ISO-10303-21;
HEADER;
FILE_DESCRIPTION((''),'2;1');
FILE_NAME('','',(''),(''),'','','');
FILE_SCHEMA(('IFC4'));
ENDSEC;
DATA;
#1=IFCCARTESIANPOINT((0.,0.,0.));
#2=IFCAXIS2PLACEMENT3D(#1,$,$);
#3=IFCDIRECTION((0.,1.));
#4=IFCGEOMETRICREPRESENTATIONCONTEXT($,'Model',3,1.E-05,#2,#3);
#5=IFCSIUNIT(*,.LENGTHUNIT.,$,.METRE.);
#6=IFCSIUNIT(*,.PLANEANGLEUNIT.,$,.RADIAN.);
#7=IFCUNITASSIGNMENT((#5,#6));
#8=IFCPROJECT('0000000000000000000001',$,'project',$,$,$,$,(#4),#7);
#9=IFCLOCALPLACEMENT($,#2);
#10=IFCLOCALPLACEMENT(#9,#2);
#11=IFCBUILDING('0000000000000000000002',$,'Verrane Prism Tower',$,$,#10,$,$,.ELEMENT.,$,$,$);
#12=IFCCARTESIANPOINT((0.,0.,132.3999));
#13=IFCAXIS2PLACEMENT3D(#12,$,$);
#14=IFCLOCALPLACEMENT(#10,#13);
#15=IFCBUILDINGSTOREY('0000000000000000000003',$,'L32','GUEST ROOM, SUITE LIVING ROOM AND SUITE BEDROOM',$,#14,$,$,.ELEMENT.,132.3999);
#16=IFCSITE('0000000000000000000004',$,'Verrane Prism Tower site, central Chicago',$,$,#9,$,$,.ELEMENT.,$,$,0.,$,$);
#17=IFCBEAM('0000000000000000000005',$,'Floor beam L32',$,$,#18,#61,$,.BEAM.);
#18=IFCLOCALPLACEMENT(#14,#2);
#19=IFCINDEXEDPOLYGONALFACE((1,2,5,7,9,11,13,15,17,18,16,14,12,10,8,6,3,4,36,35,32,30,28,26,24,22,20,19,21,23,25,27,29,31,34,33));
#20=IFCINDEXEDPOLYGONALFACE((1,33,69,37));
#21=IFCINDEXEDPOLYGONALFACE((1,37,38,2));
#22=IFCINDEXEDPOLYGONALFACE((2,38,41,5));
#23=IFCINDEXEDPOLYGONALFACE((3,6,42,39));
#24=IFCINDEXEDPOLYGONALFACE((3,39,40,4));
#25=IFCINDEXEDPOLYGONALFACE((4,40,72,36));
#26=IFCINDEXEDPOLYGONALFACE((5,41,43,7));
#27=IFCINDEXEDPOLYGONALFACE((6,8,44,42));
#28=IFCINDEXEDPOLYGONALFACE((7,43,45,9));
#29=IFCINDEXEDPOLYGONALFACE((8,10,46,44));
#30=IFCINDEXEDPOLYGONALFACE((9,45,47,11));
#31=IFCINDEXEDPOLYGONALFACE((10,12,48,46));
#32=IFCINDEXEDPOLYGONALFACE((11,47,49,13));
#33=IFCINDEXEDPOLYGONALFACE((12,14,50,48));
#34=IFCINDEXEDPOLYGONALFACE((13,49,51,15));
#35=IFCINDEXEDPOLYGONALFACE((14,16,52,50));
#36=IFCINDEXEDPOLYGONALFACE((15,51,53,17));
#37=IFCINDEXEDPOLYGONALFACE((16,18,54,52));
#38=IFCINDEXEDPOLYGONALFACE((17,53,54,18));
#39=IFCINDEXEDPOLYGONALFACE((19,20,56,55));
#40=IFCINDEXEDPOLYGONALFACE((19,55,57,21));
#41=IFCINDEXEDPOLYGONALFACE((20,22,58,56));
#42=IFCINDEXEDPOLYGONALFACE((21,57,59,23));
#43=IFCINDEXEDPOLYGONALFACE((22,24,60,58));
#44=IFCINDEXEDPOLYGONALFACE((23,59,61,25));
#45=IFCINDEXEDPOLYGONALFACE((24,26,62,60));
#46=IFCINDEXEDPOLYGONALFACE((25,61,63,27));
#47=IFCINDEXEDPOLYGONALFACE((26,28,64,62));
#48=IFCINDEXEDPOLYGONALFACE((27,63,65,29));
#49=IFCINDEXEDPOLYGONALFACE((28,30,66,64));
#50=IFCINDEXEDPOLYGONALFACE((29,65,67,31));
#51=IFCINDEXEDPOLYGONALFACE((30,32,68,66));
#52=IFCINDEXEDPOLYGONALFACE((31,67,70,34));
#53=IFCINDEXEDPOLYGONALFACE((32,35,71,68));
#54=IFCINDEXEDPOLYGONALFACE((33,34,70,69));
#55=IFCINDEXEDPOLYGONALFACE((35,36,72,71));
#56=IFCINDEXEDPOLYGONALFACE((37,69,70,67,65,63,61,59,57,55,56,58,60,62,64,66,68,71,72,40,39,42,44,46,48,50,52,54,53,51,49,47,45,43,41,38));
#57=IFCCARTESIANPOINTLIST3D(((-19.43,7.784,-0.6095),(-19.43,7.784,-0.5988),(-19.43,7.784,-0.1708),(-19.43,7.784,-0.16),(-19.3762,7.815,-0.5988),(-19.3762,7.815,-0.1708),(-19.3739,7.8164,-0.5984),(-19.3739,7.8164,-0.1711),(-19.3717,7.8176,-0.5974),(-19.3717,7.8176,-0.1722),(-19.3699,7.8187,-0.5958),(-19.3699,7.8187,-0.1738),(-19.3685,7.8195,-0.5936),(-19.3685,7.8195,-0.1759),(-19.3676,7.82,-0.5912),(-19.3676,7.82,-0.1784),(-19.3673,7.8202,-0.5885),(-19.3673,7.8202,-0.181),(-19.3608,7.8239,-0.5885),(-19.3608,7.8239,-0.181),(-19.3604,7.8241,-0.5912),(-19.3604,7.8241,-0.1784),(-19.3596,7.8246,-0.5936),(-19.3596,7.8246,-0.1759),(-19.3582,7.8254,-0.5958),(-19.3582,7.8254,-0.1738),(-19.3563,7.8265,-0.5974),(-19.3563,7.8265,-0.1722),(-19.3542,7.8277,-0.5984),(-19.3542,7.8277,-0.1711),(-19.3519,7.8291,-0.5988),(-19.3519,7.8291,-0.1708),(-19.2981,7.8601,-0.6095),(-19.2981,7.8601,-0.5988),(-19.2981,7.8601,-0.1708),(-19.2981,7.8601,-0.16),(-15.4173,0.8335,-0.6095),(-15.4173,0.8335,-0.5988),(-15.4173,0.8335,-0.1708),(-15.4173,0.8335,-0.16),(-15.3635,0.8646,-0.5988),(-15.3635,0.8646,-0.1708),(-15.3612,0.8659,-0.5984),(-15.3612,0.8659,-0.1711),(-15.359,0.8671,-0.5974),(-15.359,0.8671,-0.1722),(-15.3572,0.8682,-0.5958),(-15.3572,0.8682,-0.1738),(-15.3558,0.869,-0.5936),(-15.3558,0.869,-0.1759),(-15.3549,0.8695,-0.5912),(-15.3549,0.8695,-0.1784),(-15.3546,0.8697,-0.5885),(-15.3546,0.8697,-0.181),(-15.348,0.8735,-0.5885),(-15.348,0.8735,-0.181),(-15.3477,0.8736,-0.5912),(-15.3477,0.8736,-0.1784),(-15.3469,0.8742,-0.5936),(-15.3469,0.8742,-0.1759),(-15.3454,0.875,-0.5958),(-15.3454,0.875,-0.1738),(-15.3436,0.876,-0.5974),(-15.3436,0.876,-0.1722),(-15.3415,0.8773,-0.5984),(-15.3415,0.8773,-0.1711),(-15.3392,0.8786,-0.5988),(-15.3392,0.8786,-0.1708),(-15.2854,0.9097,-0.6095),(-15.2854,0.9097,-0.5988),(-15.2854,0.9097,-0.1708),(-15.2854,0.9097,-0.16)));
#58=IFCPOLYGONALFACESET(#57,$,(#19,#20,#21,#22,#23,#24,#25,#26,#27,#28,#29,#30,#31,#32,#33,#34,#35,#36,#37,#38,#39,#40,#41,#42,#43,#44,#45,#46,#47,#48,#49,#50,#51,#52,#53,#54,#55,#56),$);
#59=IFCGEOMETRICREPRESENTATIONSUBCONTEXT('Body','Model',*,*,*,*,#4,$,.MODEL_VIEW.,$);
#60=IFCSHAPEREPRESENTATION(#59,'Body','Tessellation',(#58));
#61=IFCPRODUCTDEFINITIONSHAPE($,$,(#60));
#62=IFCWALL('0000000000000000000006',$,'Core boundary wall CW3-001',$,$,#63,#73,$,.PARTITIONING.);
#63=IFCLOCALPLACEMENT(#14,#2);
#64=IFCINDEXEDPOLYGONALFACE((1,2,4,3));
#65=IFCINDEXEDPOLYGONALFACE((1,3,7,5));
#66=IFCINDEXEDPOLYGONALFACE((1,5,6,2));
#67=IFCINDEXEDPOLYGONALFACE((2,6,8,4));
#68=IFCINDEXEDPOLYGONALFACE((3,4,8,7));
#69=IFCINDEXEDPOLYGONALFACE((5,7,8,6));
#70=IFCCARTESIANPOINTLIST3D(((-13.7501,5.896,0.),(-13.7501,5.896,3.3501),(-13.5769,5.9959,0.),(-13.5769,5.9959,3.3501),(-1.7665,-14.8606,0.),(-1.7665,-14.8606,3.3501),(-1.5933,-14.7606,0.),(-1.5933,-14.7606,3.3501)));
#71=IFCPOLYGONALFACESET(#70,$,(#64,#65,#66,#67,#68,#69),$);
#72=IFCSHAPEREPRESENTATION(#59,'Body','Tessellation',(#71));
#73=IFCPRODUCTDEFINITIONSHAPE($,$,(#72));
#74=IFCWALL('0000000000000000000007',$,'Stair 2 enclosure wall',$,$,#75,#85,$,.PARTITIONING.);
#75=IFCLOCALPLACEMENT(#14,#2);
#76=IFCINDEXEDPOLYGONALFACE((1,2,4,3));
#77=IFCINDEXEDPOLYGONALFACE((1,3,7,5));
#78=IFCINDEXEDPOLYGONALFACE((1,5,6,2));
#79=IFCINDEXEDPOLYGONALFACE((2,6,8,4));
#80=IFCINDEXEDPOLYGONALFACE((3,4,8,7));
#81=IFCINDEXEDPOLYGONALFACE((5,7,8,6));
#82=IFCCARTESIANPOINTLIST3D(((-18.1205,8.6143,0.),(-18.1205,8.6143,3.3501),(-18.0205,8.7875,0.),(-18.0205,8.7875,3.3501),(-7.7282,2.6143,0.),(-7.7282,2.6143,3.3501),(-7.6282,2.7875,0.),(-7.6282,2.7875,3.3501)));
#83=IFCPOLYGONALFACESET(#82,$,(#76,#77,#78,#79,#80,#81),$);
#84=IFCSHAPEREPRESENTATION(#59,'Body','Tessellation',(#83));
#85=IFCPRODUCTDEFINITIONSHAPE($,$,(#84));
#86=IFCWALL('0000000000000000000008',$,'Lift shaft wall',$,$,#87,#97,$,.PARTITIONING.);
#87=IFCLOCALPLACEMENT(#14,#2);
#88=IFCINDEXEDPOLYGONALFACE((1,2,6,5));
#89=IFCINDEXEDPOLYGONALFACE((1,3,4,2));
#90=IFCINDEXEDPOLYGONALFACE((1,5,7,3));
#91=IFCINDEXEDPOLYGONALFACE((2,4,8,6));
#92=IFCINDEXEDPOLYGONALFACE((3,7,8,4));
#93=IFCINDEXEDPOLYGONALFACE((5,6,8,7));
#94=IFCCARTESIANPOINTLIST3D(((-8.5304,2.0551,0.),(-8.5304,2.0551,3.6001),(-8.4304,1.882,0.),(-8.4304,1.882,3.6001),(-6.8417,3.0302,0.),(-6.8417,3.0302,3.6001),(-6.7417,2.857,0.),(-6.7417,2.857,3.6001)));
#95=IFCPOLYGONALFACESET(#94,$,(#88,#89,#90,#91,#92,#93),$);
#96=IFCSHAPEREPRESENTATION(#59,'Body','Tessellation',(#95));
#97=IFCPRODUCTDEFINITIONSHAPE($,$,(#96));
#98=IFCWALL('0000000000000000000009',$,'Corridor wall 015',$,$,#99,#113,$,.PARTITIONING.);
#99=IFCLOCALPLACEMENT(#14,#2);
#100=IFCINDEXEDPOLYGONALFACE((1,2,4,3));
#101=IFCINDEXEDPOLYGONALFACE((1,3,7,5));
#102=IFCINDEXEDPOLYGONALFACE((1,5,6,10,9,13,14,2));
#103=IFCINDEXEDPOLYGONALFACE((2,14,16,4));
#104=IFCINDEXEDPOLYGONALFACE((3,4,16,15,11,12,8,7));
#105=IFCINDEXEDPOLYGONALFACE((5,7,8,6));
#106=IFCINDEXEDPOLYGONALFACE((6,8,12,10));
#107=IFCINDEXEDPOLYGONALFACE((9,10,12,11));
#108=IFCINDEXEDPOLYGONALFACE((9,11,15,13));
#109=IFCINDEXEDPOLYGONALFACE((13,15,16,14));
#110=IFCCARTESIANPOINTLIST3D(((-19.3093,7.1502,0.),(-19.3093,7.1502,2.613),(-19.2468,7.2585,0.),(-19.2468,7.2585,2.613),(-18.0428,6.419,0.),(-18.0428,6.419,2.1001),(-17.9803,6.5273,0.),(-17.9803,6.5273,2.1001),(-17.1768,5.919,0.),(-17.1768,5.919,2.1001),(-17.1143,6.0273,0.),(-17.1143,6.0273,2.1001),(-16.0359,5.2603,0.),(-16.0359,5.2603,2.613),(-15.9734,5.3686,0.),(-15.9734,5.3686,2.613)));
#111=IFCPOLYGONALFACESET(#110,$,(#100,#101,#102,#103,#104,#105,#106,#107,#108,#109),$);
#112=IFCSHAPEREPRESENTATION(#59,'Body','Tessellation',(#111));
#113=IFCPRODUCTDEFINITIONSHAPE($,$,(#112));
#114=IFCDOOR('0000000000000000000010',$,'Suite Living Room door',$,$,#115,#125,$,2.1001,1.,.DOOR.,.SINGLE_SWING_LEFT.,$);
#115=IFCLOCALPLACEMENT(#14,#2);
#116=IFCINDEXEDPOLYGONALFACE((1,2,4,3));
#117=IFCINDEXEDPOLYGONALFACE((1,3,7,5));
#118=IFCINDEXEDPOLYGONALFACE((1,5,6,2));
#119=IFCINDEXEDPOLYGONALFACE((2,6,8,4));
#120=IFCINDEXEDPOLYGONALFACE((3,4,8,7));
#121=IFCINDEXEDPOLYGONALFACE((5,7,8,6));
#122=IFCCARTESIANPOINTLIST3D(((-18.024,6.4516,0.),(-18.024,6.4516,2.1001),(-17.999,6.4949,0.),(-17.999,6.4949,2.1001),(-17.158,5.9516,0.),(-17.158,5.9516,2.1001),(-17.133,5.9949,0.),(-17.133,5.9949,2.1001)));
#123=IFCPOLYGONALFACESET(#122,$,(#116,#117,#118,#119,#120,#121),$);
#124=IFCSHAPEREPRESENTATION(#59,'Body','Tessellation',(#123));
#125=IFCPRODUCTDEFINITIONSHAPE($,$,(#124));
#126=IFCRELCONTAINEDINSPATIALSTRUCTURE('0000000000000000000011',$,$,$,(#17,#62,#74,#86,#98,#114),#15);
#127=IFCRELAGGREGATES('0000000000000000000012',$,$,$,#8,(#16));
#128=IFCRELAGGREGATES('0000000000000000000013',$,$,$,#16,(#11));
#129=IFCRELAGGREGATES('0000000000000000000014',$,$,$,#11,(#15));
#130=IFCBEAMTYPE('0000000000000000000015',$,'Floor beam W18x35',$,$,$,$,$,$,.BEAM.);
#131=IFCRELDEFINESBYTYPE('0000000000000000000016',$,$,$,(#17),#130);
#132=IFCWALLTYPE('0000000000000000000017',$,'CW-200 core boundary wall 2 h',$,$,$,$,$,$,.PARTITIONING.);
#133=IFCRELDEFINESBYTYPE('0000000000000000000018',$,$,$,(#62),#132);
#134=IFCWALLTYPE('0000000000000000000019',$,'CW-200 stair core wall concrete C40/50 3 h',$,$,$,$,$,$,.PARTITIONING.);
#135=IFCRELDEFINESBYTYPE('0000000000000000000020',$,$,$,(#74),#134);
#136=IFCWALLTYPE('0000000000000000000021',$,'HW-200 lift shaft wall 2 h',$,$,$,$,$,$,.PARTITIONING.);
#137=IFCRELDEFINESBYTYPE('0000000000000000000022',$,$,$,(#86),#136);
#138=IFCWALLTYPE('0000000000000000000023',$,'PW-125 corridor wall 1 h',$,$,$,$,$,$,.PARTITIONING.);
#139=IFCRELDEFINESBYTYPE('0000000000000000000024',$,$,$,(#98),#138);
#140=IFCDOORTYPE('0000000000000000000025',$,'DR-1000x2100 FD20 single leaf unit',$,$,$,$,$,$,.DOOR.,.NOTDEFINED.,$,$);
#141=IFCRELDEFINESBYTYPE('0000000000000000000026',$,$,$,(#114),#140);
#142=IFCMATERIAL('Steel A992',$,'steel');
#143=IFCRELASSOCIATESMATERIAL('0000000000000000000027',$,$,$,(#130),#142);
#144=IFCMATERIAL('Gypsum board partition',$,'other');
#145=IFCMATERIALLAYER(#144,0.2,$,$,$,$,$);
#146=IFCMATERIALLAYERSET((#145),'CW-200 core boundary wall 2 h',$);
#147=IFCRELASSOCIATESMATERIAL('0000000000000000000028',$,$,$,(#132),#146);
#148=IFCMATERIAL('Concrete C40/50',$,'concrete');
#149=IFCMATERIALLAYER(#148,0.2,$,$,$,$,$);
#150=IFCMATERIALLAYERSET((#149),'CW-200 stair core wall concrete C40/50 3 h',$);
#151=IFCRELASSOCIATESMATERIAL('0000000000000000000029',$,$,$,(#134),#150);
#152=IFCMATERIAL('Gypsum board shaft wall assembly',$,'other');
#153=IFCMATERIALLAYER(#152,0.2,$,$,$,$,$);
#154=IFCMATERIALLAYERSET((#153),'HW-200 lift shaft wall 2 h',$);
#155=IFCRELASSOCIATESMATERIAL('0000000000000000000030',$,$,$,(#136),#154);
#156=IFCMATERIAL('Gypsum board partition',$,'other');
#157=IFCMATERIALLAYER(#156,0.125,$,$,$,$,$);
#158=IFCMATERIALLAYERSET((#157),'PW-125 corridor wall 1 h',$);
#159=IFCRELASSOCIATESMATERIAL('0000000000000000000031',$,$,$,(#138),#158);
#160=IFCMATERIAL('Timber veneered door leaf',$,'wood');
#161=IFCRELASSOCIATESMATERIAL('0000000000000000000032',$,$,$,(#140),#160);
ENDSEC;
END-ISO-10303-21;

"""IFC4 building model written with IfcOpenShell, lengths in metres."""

from ifc_helpers import new_model, si_unit, direction, frame, frame_2d, origin, origin_2d, place, context, subcontext, project, spatial, rectangle, i_section, extrude, material, layer, layer_set, material_profile, profile_set, type_object, element, fill, save


model = new_model("IFC4")

# Units and contexts
model_context = context("Model", 3, precision=1e-05, world=origin(), true_north=direction((0.0, 1.0)))
body_context = subcontext(model_context, "Body", "Model", "MODEL_VIEW")
ifc_project = project(units=[si_unit("LENGTHUNIT", "METRE"), si_unit("PLANEANGLEUNIT", "RADIAN")], contexts=[model_context])

# Site, building, storey
site_placement = place(None, origin())
site = spatial("IfcSite", under=ifc_project, at=site_placement, Name="Verrane Prism Tower site, central Chicago", CompositionType="ELEMENT", RefElevation=0.0)
building_placement = place(site_placement, origin())
building = spatial("IfcBuilding", under=site, at=building_placement, Name="Verrane Prism Tower", CompositionType="ELEMENT")
storey_placement = place(building_placement, frame((0.0, 0.0, 132.3999)))
storey = spatial("IfcBuildingStorey", under=building, at=storey_placement, Name="L32", Description="GUEST ROOM, SUITE LIVING ROOM AND SUITE BEDROOM", CompositionType="ELEMENT", Elevation=132.3999)

# Beam
ifc_material_1 = material(Name="Steel A992", Category="steel")
ifc_material_profile_1 = material_profile(ifc_material_1, i_section(OverallWidth=0.1523, OverallDepth=0.4495, WebThickness=0.0076, FlangeThickness=0.0107, FilletRadius=0.0103, at=origin_2d()), Name="W18x35")
ifc_profile_set_1 = profile_set([ifc_material_profile_1], Name="Steel A992")
beam_type_1 = type_object("IfcBeamType", Name="Floor beam W18x35", PredefinedType="BEAM", material=ifc_profile_set_1)
beam_1_placement = place(storey_placement, frame((-15.3513, 0.8716, -0.3848), z_axis=(-0.499987, 0.866033, 0.0), x_axis=(-0.866033, -0.499987, 0.0)))
element("IfcBeam", 1, at=beam_1_placement, inside=storey, type_object=beam_type_1, Name="Floor beam L32", PredefinedType="BEAM", context=body_context, shape_type="SweptSolid", body=[
    extrude(i_section(OverallWidth=0.1523, OverallDepth=0.4495, WebThickness=0.0076, FlangeThickness=0.0107, FilletRadius=0.0103, at=origin_2d()), origin(), (0.0, 0.0, 1.0), 8.0256),
])

# Walls
ifc_material_2 = material(Name="Gypsum board partition", Category="other")
ifc_layer_1 = layer(ifc_material_2, 0.2)
ifc_layer_set_1 = layer_set([ifc_layer_1], Name="CW-200 core boundary wall 2 h")
wall_type_1 = type_object("IfcWallType", Name="CW-200 core boundary wall 2 h", PredefinedType="PARTITIONING", material=ifc_layer_set_1)
wall_1_placement = place(storey_placement, frame((-13.6636, 5.946, 0.0), z_axis=(0.0, 0.0, 1.0), x_axis=(0.499994, -0.866029, 0.0)))
element("IfcWall", 2, at=wall_1_placement, inside=storey, type_object=wall_type_1, Name="Core boundary wall CW3-001", PredefinedType="PARTITIONING", context=body_context, shape_type="SweptSolid", body=[
    extrude(rectangle(XDim=23.9675, YDim=0.2, at=frame_2d((11.9839, 0.0))), origin(), (0.0, 0.0, 1.0), 3.3501),
])
ifc_material_3 = material(Name="Concrete C40/50", Category="concrete")
ifc_layer_2 = layer(ifc_material_3, 0.2)
ifc_layer_set_2 = layer_set([ifc_layer_2], Name="CW-200 stair core wall concrete C40/50 3 h")
wall_type_2 = type_object("IfcWallType", Name="CW-200 stair core wall concrete C40/50 3 h", PredefinedType="PARTITIONING", material=ifc_layer_set_2)
wall_2_placement = place(storey_placement, frame((-7.6782, 2.7009, 0.0), z_axis=(0.0, 0.0, 1.0), x_axis=(-0.866026, 0.499999, 0.0)))
element("IfcWall", 3, at=wall_2_placement, inside=storey, type_object=wall_type_2, Name="Stair 2 enclosure wall", PredefinedType="PARTITIONING", context=body_context, shape_type="SweptSolid", body=[
    extrude(rectangle(XDim=12.0, YDim=0.2, at=frame_2d((6.0, 0.0))), origin(), (0.0, 0.0, 1.0), 3.3501),
])
ifc_material_4 = material(Name="Gypsum board shaft wall assembly", Category="other")
ifc_layer_3 = layer(ifc_material_4, 0.2)
ifc_layer_set_3 = layer_set([ifc_layer_3], Name="HW-200 lift shaft wall 2 h")
wall_type_3 = type_object("IfcWallType", Name="HW-200 lift shaft wall 2 h", PredefinedType="PARTITIONING", material=ifc_layer_set_3)
wall_3_placement = place(storey_placement, frame((-8.4805, 1.9685, 0.0), z_axis=(0.0, 0.0, 1.0), x_axis=(0.866, 0.500044, 0.0)))
element("IfcWall", 4, at=wall_3_placement, inside=storey, type_object=wall_type_3, Name="Lift shaft wall", PredefinedType="PARTITIONING", context=body_context, shape_type="SweptSolid", body=[
    extrude(rectangle(XDim=1.95, YDim=0.2, at=frame_2d((0.9751, 0.0))), origin(), (0.0, 0.0, 1.0), 3.6001),
])

# Wall, opening, door
ifc_material_5 = material(Name="Gypsum board partition", Category="other")
ifc_layer_4 = layer(ifc_material_5, 0.125)
ifc_layer_set_4 = layer_set([ifc_layer_4], Name="PW-125 corridor wall 1 h")
wall_type_4 = type_object("IfcWallType", Name="PW-125 corridor wall 1 h", PredefinedType="PARTITIONING", material=ifc_layer_set_4)
wall_4_placement = place(storey_placement, frame((-16.0046, 5.3145, 0.0), z_axis=(0.0, 0.0, 1.0), x_axis=(-0.866029, 0.499995, 0.0)))
wall_4 = element("IfcWall", 5, at=wall_4_placement, inside=storey, type_object=wall_type_4, Name="Corridor wall 015", PredefinedType="PARTITIONING", context=body_context, shape_type="SweptSolid", body=[
    extrude(rectangle(XDim=3.7798, YDim=0.125, at=frame_2d((1.8899, 0.0))), origin(), (0.0, 0.0, 1.0), 2.613),
])
opening_1_placement = place(wall_4_placement, frame((1.3174, 0.0, 0.0)))
opening_1 = element("IfcOpeningElement", 6, at=opening_1_placement, cuts=wall_4, PredefinedType="OPENING", context=body_context, shape_type="SweptSolid", body=[
    extrude(rectangle(XDim=1.0, YDim=2.1001, at=frame_2d((0.5, 1.05))), frame((0.0, 0.0725, 0.0), z_axis=(0.0, -1.0, 0.0), x_axis=(1.0, 0.0, 0.0)), (0.0, 0.0, 1.0), 0.145),
])
ifc_material_6 = material(Name="Timber veneered door leaf", Category="wood")
door_type_1 = type_object("IfcDoorType", Name="DR-1000x2100 FD20 single leaf unit", OperationType="NOTDEFINED", PredefinedType="DOOR", material=ifc_material_6)
door_1_placement = place(opening_1_placement, origin())
door_1 = element("IfcDoor", 7, at=door_1_placement, inside=storey, type_object=door_type_1, Name="Suite Living Room door", OperationType="SINGLE_SWING_LEFT", OverallHeight=2.1001, OverallWidth=1.0, PredefinedType="DOOR", context=body_context, shape_type="SweptSolid", body=[
    extrude(rectangle(XDim=1.0, YDim=2.1001, at=frame_2d((0.5, 1.05))), frame((0.0, 0.0249, 0.0), z_axis=(0.0, -1.0, 0.0), x_axis=(1.0, 0.0, 0.0)), (0.0, 0.0, 1.0), 0.05),
])
fill(opening_1, door_1)

save(model, "model.ifc")
